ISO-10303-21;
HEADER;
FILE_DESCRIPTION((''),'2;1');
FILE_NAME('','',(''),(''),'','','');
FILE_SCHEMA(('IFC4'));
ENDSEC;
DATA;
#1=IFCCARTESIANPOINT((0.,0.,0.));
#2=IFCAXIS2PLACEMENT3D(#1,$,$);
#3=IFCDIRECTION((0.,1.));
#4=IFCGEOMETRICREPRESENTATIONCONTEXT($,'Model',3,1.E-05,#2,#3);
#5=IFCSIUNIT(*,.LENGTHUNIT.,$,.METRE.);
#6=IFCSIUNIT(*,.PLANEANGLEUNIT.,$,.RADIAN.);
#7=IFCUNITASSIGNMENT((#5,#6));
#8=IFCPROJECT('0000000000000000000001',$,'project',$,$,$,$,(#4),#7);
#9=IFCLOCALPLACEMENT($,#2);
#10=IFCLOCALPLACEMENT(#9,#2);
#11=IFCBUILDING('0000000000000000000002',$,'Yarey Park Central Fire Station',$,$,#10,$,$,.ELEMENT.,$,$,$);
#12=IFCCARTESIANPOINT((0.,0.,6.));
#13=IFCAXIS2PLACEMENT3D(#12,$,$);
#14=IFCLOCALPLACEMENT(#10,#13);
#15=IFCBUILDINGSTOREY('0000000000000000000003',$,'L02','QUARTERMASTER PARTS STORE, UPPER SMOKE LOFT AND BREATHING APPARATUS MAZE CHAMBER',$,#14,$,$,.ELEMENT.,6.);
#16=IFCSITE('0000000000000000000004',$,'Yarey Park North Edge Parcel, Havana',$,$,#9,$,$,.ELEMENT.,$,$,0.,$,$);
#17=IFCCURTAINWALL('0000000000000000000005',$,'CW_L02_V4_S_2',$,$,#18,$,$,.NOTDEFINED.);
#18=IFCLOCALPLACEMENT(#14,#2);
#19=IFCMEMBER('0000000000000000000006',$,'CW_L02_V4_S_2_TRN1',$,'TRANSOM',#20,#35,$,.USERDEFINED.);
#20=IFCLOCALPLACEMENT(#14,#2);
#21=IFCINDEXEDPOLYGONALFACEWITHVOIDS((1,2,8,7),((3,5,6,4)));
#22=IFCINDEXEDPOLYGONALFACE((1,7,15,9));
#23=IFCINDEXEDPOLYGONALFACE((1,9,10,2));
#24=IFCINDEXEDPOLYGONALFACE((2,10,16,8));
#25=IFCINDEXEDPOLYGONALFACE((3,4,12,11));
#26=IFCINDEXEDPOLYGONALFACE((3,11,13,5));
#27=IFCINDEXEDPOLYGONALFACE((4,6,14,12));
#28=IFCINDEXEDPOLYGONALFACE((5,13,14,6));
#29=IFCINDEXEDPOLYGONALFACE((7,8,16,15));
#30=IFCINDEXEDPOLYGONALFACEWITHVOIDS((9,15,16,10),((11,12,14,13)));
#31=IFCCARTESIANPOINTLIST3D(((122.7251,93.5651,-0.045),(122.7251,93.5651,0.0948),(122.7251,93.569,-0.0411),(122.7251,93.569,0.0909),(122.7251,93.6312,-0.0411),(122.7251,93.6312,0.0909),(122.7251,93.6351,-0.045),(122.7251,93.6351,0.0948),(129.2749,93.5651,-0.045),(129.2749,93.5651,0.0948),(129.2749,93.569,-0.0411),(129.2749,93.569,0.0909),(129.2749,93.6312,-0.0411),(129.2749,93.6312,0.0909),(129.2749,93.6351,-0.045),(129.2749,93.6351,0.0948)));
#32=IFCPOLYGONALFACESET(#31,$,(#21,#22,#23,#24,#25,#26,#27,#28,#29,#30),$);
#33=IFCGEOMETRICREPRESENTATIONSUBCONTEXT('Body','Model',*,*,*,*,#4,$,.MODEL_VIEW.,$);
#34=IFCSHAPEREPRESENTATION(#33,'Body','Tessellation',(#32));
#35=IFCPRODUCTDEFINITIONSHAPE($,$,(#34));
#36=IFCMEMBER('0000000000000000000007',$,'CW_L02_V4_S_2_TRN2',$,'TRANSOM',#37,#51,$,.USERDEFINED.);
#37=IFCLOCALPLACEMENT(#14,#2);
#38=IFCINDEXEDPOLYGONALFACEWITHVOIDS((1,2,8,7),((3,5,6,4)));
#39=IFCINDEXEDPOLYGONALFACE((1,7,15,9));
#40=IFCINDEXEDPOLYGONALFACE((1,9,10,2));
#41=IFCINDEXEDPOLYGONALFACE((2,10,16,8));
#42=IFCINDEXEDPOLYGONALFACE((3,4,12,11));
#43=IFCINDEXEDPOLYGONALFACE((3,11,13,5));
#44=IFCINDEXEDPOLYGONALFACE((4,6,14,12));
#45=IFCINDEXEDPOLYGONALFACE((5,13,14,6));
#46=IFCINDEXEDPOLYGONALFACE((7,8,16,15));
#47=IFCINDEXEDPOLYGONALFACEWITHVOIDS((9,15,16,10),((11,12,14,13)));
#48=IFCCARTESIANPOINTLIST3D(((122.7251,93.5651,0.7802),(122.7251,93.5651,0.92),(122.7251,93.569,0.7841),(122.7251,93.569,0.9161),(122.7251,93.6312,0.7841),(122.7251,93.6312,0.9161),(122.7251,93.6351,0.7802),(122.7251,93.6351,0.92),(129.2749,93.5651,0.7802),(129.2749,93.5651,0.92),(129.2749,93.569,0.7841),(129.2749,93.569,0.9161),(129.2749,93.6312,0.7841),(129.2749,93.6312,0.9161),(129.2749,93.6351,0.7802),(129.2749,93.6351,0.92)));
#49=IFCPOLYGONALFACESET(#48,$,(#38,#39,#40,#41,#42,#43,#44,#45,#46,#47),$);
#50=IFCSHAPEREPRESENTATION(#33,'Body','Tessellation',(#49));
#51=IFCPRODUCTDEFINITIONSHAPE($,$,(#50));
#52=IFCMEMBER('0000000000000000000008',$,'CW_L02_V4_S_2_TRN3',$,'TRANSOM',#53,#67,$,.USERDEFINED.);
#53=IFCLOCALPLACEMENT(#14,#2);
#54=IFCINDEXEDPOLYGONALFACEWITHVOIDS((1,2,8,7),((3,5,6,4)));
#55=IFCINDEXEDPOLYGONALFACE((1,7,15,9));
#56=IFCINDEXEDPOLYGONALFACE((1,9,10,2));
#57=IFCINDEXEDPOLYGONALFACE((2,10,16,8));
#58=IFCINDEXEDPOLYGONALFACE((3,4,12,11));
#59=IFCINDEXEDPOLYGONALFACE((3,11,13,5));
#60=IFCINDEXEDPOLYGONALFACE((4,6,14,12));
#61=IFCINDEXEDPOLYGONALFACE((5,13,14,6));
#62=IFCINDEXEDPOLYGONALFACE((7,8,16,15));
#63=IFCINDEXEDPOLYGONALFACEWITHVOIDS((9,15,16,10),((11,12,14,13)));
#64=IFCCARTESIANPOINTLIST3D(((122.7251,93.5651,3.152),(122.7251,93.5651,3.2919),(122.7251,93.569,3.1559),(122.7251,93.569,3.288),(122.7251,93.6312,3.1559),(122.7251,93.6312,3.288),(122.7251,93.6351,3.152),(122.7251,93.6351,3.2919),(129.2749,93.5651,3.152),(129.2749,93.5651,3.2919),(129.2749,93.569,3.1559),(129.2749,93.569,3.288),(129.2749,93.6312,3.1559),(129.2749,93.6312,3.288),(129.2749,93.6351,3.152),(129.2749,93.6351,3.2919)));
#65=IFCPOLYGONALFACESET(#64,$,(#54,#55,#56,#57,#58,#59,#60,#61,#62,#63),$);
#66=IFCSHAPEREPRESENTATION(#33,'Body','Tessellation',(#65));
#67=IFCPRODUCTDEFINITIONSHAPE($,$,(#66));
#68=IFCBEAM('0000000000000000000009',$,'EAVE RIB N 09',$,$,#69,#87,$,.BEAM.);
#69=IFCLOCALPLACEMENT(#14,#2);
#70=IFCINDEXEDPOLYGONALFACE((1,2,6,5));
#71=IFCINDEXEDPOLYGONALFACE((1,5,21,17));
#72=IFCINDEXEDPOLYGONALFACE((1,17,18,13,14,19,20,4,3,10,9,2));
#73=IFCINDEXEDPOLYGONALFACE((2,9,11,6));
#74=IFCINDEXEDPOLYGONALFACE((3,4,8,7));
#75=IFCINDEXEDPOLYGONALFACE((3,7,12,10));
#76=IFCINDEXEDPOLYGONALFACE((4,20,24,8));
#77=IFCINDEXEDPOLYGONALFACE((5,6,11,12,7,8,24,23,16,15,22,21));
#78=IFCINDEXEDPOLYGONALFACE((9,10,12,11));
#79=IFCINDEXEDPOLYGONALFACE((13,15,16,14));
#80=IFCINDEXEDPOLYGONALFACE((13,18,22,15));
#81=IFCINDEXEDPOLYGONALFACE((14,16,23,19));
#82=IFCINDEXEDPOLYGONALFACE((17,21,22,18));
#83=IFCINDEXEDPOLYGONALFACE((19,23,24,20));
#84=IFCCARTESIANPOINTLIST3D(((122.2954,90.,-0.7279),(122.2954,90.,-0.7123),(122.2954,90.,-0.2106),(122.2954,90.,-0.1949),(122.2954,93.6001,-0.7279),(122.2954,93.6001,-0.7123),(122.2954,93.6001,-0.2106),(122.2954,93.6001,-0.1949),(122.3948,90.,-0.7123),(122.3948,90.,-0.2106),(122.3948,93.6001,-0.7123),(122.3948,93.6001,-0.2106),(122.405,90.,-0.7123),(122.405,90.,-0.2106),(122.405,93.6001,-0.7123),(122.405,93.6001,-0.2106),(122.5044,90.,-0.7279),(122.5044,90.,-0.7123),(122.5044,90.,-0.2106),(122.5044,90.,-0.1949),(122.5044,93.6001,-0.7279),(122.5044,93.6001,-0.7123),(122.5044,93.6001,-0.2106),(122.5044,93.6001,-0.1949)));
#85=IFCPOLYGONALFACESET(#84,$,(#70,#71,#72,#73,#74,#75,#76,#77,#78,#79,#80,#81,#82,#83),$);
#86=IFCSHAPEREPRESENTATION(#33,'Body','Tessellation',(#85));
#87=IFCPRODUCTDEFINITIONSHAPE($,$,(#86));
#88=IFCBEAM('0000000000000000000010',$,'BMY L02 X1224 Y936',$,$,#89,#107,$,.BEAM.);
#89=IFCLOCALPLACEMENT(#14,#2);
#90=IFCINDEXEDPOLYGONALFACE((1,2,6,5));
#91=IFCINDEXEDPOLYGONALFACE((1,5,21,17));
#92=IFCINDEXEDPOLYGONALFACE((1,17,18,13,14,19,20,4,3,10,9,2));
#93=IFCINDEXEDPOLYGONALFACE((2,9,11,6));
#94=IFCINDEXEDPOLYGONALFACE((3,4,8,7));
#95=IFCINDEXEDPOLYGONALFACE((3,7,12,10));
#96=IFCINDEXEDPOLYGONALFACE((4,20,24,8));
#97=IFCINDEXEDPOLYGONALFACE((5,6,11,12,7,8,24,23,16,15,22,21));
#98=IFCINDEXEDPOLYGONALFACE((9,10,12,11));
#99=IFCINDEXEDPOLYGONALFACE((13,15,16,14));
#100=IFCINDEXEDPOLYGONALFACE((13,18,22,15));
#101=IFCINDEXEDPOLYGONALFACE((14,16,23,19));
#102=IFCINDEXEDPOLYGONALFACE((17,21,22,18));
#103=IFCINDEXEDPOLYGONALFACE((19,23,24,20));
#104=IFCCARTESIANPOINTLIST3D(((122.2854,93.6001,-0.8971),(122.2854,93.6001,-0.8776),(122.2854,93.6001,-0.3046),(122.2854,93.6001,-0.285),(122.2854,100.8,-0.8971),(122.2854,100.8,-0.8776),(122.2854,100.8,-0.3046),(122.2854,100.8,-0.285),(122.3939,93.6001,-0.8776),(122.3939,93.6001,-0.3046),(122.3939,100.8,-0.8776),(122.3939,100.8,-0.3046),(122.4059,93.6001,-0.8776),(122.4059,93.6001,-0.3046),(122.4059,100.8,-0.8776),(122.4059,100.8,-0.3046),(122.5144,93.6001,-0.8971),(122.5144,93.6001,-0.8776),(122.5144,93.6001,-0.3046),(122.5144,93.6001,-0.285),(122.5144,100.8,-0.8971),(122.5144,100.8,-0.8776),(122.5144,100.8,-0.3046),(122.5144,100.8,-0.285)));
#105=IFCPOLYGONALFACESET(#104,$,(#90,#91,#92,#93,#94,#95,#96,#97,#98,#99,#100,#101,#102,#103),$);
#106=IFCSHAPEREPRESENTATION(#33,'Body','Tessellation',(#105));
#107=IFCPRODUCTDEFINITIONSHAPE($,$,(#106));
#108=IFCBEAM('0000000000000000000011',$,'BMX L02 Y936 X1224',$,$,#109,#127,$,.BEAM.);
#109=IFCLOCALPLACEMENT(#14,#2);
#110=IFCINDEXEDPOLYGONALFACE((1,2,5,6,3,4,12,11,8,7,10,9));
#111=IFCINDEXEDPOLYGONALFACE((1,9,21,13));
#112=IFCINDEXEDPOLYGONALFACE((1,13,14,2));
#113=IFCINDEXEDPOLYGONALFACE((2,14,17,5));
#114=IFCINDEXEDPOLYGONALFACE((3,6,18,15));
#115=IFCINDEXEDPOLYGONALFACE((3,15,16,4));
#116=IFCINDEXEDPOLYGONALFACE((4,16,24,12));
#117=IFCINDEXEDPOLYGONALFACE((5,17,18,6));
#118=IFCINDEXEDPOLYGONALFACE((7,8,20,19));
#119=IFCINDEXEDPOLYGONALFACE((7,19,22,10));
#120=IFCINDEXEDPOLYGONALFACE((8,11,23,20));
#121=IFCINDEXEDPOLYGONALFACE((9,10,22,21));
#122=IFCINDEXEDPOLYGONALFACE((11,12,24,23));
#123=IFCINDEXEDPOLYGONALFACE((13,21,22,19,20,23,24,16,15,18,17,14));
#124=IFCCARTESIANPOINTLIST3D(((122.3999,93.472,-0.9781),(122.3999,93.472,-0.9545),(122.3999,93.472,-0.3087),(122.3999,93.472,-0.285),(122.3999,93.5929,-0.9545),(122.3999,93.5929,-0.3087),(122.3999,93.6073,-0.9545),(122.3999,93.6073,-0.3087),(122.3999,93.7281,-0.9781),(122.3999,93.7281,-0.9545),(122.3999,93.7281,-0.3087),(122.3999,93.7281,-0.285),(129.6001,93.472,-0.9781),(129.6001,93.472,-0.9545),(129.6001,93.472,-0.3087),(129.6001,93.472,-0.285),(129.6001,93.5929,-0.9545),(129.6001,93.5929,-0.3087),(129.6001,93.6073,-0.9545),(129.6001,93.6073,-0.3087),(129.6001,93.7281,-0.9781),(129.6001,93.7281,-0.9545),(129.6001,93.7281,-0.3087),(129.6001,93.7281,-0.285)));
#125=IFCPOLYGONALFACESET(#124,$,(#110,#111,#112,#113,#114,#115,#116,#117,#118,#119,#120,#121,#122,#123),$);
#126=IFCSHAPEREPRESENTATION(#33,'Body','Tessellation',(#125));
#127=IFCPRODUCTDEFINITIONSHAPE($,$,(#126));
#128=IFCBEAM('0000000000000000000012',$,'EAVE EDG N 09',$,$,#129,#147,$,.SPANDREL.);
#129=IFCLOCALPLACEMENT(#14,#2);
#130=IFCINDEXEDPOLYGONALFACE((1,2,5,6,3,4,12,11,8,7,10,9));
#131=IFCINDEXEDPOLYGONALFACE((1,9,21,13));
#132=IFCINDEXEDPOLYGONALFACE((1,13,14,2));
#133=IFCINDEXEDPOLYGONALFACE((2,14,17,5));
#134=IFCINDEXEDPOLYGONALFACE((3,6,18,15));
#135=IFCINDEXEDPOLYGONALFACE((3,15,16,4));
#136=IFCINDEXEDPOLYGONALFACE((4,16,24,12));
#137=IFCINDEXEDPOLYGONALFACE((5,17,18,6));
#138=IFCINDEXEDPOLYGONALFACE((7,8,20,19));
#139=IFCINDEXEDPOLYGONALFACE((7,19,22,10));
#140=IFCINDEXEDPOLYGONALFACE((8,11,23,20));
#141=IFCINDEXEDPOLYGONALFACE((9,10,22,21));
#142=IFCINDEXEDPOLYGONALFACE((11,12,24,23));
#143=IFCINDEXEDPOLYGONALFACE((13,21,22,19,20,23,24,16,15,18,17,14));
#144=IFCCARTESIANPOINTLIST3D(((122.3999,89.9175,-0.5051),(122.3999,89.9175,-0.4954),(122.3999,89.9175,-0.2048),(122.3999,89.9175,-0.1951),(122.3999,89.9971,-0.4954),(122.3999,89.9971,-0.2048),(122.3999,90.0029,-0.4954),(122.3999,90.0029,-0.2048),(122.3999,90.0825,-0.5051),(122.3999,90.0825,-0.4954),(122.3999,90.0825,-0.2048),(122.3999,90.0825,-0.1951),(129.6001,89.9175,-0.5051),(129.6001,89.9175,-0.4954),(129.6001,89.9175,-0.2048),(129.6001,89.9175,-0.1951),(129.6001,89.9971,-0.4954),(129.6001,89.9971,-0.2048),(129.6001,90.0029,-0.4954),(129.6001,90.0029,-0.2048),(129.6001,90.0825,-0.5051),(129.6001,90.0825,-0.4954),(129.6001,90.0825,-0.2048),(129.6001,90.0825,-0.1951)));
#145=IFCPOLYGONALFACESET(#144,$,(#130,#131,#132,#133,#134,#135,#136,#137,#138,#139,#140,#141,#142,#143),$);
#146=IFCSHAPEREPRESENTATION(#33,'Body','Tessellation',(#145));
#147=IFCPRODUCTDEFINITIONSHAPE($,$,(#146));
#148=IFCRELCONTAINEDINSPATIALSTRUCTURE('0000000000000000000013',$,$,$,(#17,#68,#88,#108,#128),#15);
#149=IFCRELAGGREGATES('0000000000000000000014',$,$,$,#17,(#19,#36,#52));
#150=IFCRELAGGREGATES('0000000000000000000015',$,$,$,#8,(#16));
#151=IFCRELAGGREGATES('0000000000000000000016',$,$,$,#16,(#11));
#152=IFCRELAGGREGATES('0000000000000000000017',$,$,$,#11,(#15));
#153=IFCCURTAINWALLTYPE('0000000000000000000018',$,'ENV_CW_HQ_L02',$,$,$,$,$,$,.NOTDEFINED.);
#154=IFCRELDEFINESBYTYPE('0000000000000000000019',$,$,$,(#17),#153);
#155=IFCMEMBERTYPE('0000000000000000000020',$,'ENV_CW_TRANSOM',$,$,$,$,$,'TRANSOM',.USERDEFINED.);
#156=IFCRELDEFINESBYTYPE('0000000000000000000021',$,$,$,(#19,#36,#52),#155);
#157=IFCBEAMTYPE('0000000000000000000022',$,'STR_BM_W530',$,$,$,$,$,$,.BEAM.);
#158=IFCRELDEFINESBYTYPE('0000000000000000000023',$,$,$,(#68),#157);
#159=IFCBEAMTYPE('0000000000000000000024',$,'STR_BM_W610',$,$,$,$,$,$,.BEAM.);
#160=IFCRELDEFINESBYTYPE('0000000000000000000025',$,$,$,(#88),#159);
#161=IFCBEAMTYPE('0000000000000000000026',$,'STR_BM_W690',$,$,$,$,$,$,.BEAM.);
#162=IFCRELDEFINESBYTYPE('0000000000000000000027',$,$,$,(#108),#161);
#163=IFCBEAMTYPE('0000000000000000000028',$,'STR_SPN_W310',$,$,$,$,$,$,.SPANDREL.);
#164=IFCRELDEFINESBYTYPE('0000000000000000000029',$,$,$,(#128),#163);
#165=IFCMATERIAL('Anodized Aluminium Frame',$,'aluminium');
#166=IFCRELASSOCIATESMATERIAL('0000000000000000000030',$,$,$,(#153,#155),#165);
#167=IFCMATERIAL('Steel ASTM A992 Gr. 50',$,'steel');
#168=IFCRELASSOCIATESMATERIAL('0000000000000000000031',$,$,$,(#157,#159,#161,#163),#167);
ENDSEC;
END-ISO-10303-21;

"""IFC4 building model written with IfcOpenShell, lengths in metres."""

from ifc_helpers import new_model, si_unit, direction, frame, origin, origin_2d, place, context, subcontext, project, spatial, hollow_rectangle, i_section, extrude, material, material_profile, profile_set, type_object, element, aggregate, save


model = new_model("IFC4")

# Units and contexts
model_context = context("Model", 3, precision=1e-05, world=origin(), true_north=direction((0.0, 1.0)))
body_context = subcontext(model_context, "Body", "Model", "MODEL_VIEW")
ifc_project = project(units=[si_unit("LENGTHUNIT", "METRE"), si_unit("PLANEANGLEUNIT", "RADIAN")], contexts=[model_context])

# Site, building, storey
site_placement = place(None, origin())
site = spatial("IfcSite", under=ifc_project, at=site_placement, Name="Yarey Park North Edge Parcel, Havana", CompositionType="ELEMENT", RefElevation=0.0)
building_placement = place(site_placement, origin())
building = spatial("IfcBuilding", under=site, at=building_placement, Name="Yarey Park Central Fire Station", CompositionType="ELEMENT")
storey_placement = place(building_placement, frame((0.0, 0.0, 6.0)))
storey = spatial("IfcBuildingStorey", under=building, at=storey_placement, Name="L02", Description="QUARTERMASTER PARTS STORE, UPPER SMOKE LOFT AND BREATHING APPARATUS MAZE CHAMBER", CompositionType="ELEMENT", Elevation=6.0)

# Shared definitions
ifc_material_1 = material(Name="Anodized Aluminium Frame", Category="aluminium")

# Shared definitions
curtain_wall_type_1 = type_object("IfcCurtainWallType", Name="ENV_CW_HQ_L02", PredefinedType="NOTDEFINED", material=ifc_material_1)

# Curtain wall
curtain_wall_1_placement = place(storey_placement, origin())
curtain_wall_1 = element("IfcCurtainWall", 1, at=curtain_wall_1_placement, inside=storey, type_object=curtain_wall_type_1, Name="CW_L02_V4_S_2", PredefinedType="NOTDEFINED")

# Members
ifc_material_profile_1 = material_profile(ifc_material_1, hollow_rectangle(XDim=0.0701, YDim=0.1399, WallThickness=0.0039, at=origin_2d()), Name="ALU 140x70x4")
ifc_profile_set_1 = profile_set([ifc_material_profile_1], Name="Anodized Aluminium Frame")
member_type_1 = type_object("IfcMemberType", Name="ENV_CW_TRANSOM", ElementType="TRANSOM", PredefinedType="USERDEFINED", material=ifc_profile_set_1)
member_1_placement = place(storey_placement, frame((122.7251, 93.6001, 0.0249), z_axis=(1.0, 0.0, 0.0), x_axis=(0.0, 1.0, 0.0)))
member_1 = element("IfcMember", 2, at=member_1_placement, type_object=member_type_1, Name="CW_L02_V4_S_2_TRN1", ObjectType="TRANSOM", PredefinedType="USERDEFINED", context=body_context, shape_type="SweptSolid", body=[
    extrude(hollow_rectangle(XDim=0.0701, YDim=0.1399, WallThickness=0.0039, at=origin_2d()), origin(), (0.0, 0.0, 1.0), 6.5498),
])
member_2_placement = place(storey_placement, frame((122.7251, 93.6001, 0.8501), z_axis=(1.0, 0.0, 0.0), x_axis=(0.0, 1.0, 0.0)))
member_2 = element("IfcMember", 3, at=member_2_placement, type_object=member_type_1, Name="CW_L02_V4_S_2_TRN2", ObjectType="TRANSOM", PredefinedType="USERDEFINED", context=body_context, shape_type="SweptSolid", body=[
    extrude(hollow_rectangle(XDim=0.0701, YDim=0.1399, WallThickness=0.0039, at=origin_2d()), origin(), (0.0, 0.0, 1.0), 6.5498),
])
member_3_placement = place(storey_placement, frame((122.7251, 93.6001, 3.2219), z_axis=(1.0, 0.0, 0.0), x_axis=(0.0, 1.0, 0.0)))
member_3 = element("IfcMember", 4, at=member_3_placement, type_object=member_type_1, Name="CW_L02_V4_S_2_TRN3", ObjectType="TRANSOM", PredefinedType="USERDEFINED", context=body_context, shape_type="SweptSolid", body=[
    extrude(hollow_rectangle(XDim=0.0701, YDim=0.1399, WallThickness=0.0039, at=origin_2d()), origin(), (0.0, 0.0, 1.0), 6.5498),
])

# Beams
ifc_material_2 = material(Name="Steel ASTM A992 Gr. 50", Category="steel")
ifc_material_profile_2 = material_profile(ifc_material_2, i_section(OverallWidth=0.209, OverallDepth=0.533, WebThickness=0.0103, FlangeThickness=0.0156, at=origin_2d()), Name="W530x92")
ifc_profile_set_2 = profile_set([ifc_material_profile_2], Name="Steel ASTM A992 Gr. 50")
beam_type_1 = type_object("IfcBeamType", Name="STR_BM_W530", PredefinedType="BEAM", material=ifc_profile_set_2)
beam_1_placement = place(storey_placement, frame((122.3999, 90.0, -0.4614), z_axis=(0.0, 1.0, 0.0), x_axis=(-1.0, 0.0, 0.0)))
element("IfcBeam", 5, at=beam_1_placement, inside=storey, type_object=beam_type_1, Name="EAVE RIB N 09", PredefinedType="BEAM", context=body_context, shape_type="SweptSolid", body=[
    extrude(i_section(OverallWidth=0.209, OverallDepth=0.533, WebThickness=0.0103, FlangeThickness=0.0156, at=origin_2d()), origin(), (0.0, 0.0, 1.0), 3.6001),
])
ifc_material_profile_3 = material_profile(ifc_material_2, i_section(OverallWidth=0.229, OverallDepth=0.6121, WebThickness=0.012, FlangeThickness=0.0195, at=origin_2d()), Name="W610x125")
ifc_profile_set_3 = profile_set([ifc_material_profile_3], Name="Steel ASTM A992 Gr. 50")
beam_type_2 = type_object("IfcBeamType", Name="STR_BM_W610", PredefinedType="BEAM", material=ifc_profile_set_3)
beam_2_placement = place(storey_placement, frame((122.3999, 93.6001, -0.5911), z_axis=(0.0, 1.0, 0.0), x_axis=(-1.0, 0.0, 0.0)))
element("IfcBeam", 6, at=beam_2_placement, inside=storey, type_object=beam_type_2, Name="BMY L02 X1224 Y936", PredefinedType="BEAM", context=body_context, shape_type="SweptSolid", body=[
    extrude(i_section(OverallWidth=0.229, OverallDepth=0.6121, WebThickness=0.012, FlangeThickness=0.0195, at=origin_2d()), origin(), (0.0, 0.0, 1.0), 7.2),
])
ifc_material_profile_4 = material_profile(ifc_material_2, i_section(OverallWidth=0.2561, OverallDepth=0.6931, WebThickness=0.0144, FlangeThickness=0.0237, at=origin_2d()), Name="W690x170")
ifc_profile_set_4 = profile_set([ifc_material_profile_4], Name="Steel ASTM A992 Gr. 50")
beam_type_3 = type_object("IfcBeamType", Name="STR_BM_W690", PredefinedType="BEAM", material=ifc_profile_set_4)
beam_3_placement = place(storey_placement, frame((122.3999, 93.6001, -0.6316), z_axis=(1.0, 0.0, 0.0), x_axis=(0.0, 1.0, 0.0)))
element("IfcBeam", 7, at=beam_3_placement, inside=storey, type_object=beam_type_3, Name="BMX L02 Y936 X1224", PredefinedType="BEAM", context=body_context, shape_type="SweptSolid", body=[
    extrude(i_section(OverallWidth=0.2561, OverallDepth=0.6931, WebThickness=0.0144, FlangeThickness=0.0237, at=origin_2d()), origin(), (0.0, 0.0, 1.0), 7.2002),
])
ifc_material_profile_5 = material_profile(ifc_material_2, i_section(OverallWidth=0.165, OverallDepth=0.3101, WebThickness=0.0059, FlangeThickness=0.0098, at=origin_2d()), Name="W310x39")
ifc_profile_set_5 = profile_set([ifc_material_profile_5], Name="Steel ASTM A992 Gr. 50")
beam_type_4 = type_object("IfcBeamType", Name="STR_SPN_W310", PredefinedType="SPANDREL", material=ifc_profile_set_5)
beam_4_placement = place(storey_placement, frame((122.3999, 90.0, -0.3501), z_axis=(1.0, 0.0, 0.0), x_axis=(0.0, 1.0, 0.0)))
element("IfcBeam", 8, at=beam_4_placement, inside=storey, type_object=beam_type_4, Name="EAVE EDG N 09", PredefinedType="SPANDREL", context=body_context, shape_type="SweptSolid", body=[
    extrude(i_section(OverallWidth=0.165, OverallDepth=0.3101, WebThickness=0.0059, FlangeThickness=0.0098, at=origin_2d()), origin(), (0.0, 0.0, 1.0), 7.2002),
])

aggregate(curtain_wall_1, [member_1, member_2, member_3])

save(model, "model.ifc")
